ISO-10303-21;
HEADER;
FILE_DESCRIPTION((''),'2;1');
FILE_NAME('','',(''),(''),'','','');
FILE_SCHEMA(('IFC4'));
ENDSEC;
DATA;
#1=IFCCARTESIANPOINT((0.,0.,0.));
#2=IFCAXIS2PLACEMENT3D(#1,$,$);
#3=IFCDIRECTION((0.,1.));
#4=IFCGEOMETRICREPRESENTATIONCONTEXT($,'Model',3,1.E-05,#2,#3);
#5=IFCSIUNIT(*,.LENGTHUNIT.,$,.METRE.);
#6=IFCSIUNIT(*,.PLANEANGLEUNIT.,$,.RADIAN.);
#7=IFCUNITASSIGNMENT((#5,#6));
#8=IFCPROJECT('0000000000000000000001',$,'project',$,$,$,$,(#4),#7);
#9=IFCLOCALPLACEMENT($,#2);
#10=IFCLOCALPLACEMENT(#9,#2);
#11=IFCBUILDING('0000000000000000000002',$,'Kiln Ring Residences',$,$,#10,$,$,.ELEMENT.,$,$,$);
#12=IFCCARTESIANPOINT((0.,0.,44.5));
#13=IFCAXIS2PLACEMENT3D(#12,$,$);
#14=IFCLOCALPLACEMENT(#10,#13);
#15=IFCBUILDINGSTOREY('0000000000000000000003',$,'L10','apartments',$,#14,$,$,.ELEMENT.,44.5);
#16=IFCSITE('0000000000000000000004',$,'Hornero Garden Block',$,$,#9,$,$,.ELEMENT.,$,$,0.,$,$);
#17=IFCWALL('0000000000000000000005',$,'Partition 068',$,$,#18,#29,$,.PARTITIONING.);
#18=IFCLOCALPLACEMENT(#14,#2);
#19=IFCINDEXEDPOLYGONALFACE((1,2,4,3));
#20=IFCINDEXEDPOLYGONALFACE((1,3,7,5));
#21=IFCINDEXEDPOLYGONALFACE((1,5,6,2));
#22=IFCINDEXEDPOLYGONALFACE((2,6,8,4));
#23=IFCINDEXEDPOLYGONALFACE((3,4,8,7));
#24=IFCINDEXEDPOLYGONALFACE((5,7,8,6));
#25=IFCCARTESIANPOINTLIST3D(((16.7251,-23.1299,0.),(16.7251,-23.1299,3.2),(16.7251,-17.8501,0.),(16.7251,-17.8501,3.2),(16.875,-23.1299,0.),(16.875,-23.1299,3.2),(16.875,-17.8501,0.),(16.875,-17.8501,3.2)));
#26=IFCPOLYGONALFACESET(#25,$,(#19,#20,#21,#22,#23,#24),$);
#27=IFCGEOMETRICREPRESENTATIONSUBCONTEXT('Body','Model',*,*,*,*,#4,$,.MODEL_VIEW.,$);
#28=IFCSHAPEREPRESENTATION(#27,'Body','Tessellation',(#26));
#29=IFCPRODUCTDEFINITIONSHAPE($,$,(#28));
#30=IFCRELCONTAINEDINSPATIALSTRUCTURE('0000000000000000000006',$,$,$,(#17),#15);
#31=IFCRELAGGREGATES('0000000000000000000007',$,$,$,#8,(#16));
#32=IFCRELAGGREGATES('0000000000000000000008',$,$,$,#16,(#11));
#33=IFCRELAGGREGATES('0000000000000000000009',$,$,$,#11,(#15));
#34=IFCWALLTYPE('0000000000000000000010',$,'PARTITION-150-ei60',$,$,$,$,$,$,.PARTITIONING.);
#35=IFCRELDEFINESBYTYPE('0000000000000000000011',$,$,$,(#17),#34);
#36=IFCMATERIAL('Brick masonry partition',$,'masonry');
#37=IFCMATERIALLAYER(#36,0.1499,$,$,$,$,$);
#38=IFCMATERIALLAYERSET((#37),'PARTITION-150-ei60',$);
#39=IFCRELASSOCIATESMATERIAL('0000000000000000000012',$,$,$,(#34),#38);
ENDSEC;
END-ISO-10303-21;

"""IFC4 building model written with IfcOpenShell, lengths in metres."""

from ifc_helpers import new_model, si_unit, direction, frame, frame_2d, origin, place, context, subcontext, project, spatial, rectangle, extrude, material, layer, layer_set, type_object, element, save


model = new_model("IFC4")

# Units and contexts
model_context = context("Model", 3, precision=1e-05, world=origin(), true_north=direction((0.0, 1.0)))
body_context = subcontext(model_context, "Body", "Model", "MODEL_VIEW")
ifc_project = project(units=[si_unit("LENGTHUNIT", "METRE"), si_unit("PLANEANGLEUNIT", "RADIAN")], contexts=[model_context])

# Site, building, storey
site_placement = place(None, origin())
site = spatial("IfcSite", under=ifc_project, at=site_placement, Name="Hornero Garden Block", CompositionType="ELEMENT", RefElevation=0.0)
building_placement = place(site_placement, origin())
building = spatial("IfcBuilding", under=site, at=building_placement, Name="Kiln Ring Residences", CompositionType="ELEMENT")
storey_placement = place(building_placement, frame((0.0, 0.0, 44.5)))
storey = spatial("IfcBuildingStorey", under=building, at=storey_placement, Name="L10", Description="apartments", CompositionType="ELEMENT", Elevation=44.5)

# Wall
ifc_material_1 = material(Name="Brick masonry partition", Category="masonry")
ifc_layer_1 = layer(ifc_material_1, 0.1499)
ifc_layer_set_1 = layer_set([ifc_layer_1], Name="PARTITION-150-ei60")
wall_type_1 = type_object("IfcWallType", Name="PARTITION-150-ei60", PredefinedType="PARTITIONING", material=ifc_layer_set_1)
wall_1_placement = place(storey_placement, frame((16.8, -23.1299, 0.0), z_axis=(0.0, 0.0, 1.0), x_axis=(0.0, 1.0, 0.0)))
element("IfcWall", 1, at=wall_1_placement, inside=storey, type_object=wall_type_1, Name="Partition 068", PredefinedType="PARTITIONING", context=body_context, shape_type="SweptSolid", body=[
    extrude(rectangle(XDim=5.2798, YDim=0.1499, at=frame_2d((2.6399, 0.0))), origin(), (0.0, 0.0, 1.0), 3.2),
])

save(model, "model.ifc")
